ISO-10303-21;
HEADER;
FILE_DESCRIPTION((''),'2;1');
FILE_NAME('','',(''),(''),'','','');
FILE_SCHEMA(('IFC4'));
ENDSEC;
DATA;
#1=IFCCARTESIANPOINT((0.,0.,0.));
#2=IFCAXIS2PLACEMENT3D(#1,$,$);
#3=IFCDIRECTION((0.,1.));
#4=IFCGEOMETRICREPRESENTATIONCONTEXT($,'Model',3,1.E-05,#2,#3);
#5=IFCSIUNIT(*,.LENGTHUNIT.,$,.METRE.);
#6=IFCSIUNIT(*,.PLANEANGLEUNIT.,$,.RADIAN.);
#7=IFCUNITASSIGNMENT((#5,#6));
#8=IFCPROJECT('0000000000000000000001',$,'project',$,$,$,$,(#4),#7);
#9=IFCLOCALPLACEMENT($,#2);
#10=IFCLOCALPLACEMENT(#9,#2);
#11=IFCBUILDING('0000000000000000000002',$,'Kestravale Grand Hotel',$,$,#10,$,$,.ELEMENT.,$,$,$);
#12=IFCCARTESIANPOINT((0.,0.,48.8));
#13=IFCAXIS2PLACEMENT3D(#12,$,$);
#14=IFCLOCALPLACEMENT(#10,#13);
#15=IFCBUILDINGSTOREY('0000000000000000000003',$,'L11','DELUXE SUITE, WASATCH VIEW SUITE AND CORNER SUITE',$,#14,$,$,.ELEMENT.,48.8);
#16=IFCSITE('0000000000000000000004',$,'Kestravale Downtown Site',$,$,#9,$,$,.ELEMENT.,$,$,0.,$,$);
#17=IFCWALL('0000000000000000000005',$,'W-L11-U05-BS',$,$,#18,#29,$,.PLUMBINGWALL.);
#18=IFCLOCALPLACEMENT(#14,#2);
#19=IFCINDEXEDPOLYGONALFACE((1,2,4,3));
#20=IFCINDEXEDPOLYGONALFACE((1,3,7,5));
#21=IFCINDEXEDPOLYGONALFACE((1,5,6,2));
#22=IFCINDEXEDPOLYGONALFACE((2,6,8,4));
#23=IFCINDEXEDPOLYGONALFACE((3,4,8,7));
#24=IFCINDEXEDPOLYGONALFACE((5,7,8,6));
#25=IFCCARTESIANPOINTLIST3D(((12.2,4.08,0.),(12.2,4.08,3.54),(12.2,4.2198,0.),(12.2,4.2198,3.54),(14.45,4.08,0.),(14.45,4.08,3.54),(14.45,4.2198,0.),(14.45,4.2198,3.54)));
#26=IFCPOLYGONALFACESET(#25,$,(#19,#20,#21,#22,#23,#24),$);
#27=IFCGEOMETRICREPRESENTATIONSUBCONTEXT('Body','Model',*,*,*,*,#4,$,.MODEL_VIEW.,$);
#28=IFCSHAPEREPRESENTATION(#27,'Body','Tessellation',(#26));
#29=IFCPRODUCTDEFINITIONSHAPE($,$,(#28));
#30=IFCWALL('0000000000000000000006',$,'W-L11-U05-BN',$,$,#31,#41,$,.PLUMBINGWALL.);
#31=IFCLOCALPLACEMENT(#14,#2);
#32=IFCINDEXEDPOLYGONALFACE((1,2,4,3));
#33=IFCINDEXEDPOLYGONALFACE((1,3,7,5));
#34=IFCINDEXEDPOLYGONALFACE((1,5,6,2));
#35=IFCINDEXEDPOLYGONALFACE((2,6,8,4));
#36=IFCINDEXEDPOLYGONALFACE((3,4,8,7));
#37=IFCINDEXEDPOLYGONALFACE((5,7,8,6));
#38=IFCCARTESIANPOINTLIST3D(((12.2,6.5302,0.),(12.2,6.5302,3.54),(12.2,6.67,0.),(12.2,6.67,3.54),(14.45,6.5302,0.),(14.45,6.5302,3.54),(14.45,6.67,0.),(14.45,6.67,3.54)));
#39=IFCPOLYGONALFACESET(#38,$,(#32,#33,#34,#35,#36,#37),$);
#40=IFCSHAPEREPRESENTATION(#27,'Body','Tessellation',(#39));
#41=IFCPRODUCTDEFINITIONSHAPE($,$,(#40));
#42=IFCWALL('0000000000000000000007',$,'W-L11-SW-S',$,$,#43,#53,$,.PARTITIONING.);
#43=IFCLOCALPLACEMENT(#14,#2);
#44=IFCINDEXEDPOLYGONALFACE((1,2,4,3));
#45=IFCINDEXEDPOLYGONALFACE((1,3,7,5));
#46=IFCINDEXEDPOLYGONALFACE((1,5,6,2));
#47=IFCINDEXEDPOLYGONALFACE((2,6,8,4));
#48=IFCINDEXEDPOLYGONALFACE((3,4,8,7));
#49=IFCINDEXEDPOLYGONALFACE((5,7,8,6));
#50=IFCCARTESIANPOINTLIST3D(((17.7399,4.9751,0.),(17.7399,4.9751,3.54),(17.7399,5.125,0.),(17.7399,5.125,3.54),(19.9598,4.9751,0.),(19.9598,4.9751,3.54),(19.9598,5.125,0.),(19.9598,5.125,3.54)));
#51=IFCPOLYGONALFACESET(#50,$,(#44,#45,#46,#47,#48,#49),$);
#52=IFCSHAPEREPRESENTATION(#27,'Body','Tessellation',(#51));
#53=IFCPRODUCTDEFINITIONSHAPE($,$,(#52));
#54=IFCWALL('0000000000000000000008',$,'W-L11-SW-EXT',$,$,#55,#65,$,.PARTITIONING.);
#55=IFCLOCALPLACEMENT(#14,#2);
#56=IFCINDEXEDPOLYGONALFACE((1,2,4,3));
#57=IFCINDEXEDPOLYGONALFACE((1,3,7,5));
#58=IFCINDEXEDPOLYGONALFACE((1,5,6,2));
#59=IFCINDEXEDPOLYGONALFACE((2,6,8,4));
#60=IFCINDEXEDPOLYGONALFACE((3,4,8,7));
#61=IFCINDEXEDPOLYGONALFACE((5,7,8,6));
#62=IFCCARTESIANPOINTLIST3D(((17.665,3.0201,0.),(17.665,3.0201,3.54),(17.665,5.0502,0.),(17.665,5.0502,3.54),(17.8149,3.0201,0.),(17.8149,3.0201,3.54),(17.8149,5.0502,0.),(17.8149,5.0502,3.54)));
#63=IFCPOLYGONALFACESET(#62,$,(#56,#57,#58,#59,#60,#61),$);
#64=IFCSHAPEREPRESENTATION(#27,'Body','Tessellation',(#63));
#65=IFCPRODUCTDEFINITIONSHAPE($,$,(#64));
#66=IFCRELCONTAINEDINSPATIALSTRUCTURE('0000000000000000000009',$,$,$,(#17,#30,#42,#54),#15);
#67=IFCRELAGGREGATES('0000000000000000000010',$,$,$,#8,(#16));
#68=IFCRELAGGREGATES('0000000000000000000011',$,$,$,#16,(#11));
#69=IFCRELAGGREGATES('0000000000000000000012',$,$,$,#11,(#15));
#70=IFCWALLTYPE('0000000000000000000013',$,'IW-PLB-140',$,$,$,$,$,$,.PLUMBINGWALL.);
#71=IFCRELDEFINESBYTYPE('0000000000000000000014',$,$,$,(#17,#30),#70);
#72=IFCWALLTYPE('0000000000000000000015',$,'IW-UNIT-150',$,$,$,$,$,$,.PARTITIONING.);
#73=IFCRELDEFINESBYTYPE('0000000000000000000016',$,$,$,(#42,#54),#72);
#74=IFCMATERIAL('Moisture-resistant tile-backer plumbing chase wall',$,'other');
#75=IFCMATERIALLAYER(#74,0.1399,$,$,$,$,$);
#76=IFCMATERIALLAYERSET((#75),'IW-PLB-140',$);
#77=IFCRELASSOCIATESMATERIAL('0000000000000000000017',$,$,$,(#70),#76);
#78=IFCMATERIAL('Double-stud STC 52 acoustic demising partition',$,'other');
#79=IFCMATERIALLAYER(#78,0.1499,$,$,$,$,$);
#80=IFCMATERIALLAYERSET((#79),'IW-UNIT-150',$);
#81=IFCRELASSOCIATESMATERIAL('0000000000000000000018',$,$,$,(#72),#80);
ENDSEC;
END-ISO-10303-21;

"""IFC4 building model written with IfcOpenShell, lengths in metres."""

from ifc_helpers import new_model, si_unit, direction, frame, frame_2d, origin, place, context, subcontext, project, spatial, rectangle, extrude, material, layer, layer_set, type_object, element, save


model = new_model("IFC4")

# Units and contexts
model_context = context("Model", 3, precision=1e-05, world=origin(), true_north=direction((0.0, 1.0)))
body_context = subcontext(model_context, "Body", "Model", "MODEL_VIEW")
ifc_project = project(units=[si_unit("LENGTHUNIT", "METRE"), si_unit("PLANEANGLEUNIT", "RADIAN")], contexts=[model_context])

# Site, building, storey
site_placement = place(None, origin())
site = spatial("IfcSite", under=ifc_project, at=site_placement, Name="Kestravale Downtown Site", CompositionType="ELEMENT", RefElevation=0.0)
building_placement = place(site_placement, origin())
building = spatial("IfcBuilding", under=site, at=building_placement, Name="Kestravale Grand Hotel", CompositionType="ELEMENT")
storey_placement = place(building_placement, frame((0.0, 0.0, 48.8)))
storey = spatial("IfcBuildingStorey", under=building, at=storey_placement, Name="L11", Description="DELUXE SUITE, WASATCH VIEW SUITE AND CORNER SUITE", CompositionType="ELEMENT", Elevation=48.8)

# Shared definitions
ifc_material_1 = material(Name="Moisture-resistant tile-backer plumbing chase wall", Category="other")
ifc_layer_1 = layer(ifc_material_1, 0.1399)
ifc_layer_set_1 = layer_set([ifc_layer_1], Name="IW-PLB-140")
wall_type_1 = type_object("IfcWallType", Name="IW-PLB-140", PredefinedType="PLUMBINGWALL", material=ifc_layer_set_1)

# Walls
for number, where, z_axis, x_axis, name in (
    (1, (12.2, 4.1499, 0.0), (0.0, 0.0, 1.0), (1.0, 0.0, 0.0), "W-L11-U05-BS"),
    (2, (12.2, 6.6001, 0.0), (0.0, 0.0, 1.0), (1.0, 0.0, 0.0), "W-L11-U05-BN"),
):
    element("IfcWall", number, at=place(storey_placement, frame(where, z_axis=z_axis, x_axis=x_axis)), inside=storey, type_object=wall_type_1, Name=name, PredefinedType="PLUMBINGWALL", context=body_context, shape_type="SweptSolid", body=[
        extrude(rectangle(XDim=2.25, YDim=0.1399, at=frame_2d((1.125, 0.0))), origin(), (0.0, 0.0, 1.0), 3.54),
    ])
ifc_material_2 = material(Name="Double-stud STC 52 acoustic demising partition", Category="other")
ifc_layer_2 = layer(ifc_material_2, 0.1499)
ifc_layer_set_2 = layer_set([ifc_layer_2], Name="IW-UNIT-150")
wall_type_2 = type_object("IfcWallType", Name="IW-UNIT-150", PredefinedType="PARTITIONING", material=ifc_layer_set_2)
wall_1_placement = place(storey_placement, frame((17.74, 5.05, 0.0), z_axis=(0.0, 0.0, 1.0), x_axis=(1.0, 0.0, 0.0)))
element("IfcWall", 3, at=wall_1_placement, inside=storey, type_object=wall_type_2, Name="W-L11-SW-S", PredefinedType="PARTITIONING", context=body_context, shape_type="SweptSolid", body=[
    extrude(rectangle(XDim=2.22, YDim=0.1499, at=frame_2d((1.1099, 0.0))), origin(), (0.0, 0.0, 1.0), 3.54),
])
wall_2_placement = place(storey_placement, frame((17.74, 3.02, 0.0), z_axis=(0.0, 0.0, 1.0), x_axis=(0.0, 1.0, 0.0)))
element("IfcWall", 4, at=wall_2_placement, inside=storey, type_object=wall_type_2, Name="W-L11-SW-EXT", PredefinedType="PARTITIONING", context=body_context, shape_type="SweptSolid", body=[
    extrude(rectangle(XDim=2.03, YDim=0.1499, at=frame_2d((1.0151, 0.0))), origin(), (0.0, 0.0, 1.0), 3.54),
])

save(model, "model.ifc")
